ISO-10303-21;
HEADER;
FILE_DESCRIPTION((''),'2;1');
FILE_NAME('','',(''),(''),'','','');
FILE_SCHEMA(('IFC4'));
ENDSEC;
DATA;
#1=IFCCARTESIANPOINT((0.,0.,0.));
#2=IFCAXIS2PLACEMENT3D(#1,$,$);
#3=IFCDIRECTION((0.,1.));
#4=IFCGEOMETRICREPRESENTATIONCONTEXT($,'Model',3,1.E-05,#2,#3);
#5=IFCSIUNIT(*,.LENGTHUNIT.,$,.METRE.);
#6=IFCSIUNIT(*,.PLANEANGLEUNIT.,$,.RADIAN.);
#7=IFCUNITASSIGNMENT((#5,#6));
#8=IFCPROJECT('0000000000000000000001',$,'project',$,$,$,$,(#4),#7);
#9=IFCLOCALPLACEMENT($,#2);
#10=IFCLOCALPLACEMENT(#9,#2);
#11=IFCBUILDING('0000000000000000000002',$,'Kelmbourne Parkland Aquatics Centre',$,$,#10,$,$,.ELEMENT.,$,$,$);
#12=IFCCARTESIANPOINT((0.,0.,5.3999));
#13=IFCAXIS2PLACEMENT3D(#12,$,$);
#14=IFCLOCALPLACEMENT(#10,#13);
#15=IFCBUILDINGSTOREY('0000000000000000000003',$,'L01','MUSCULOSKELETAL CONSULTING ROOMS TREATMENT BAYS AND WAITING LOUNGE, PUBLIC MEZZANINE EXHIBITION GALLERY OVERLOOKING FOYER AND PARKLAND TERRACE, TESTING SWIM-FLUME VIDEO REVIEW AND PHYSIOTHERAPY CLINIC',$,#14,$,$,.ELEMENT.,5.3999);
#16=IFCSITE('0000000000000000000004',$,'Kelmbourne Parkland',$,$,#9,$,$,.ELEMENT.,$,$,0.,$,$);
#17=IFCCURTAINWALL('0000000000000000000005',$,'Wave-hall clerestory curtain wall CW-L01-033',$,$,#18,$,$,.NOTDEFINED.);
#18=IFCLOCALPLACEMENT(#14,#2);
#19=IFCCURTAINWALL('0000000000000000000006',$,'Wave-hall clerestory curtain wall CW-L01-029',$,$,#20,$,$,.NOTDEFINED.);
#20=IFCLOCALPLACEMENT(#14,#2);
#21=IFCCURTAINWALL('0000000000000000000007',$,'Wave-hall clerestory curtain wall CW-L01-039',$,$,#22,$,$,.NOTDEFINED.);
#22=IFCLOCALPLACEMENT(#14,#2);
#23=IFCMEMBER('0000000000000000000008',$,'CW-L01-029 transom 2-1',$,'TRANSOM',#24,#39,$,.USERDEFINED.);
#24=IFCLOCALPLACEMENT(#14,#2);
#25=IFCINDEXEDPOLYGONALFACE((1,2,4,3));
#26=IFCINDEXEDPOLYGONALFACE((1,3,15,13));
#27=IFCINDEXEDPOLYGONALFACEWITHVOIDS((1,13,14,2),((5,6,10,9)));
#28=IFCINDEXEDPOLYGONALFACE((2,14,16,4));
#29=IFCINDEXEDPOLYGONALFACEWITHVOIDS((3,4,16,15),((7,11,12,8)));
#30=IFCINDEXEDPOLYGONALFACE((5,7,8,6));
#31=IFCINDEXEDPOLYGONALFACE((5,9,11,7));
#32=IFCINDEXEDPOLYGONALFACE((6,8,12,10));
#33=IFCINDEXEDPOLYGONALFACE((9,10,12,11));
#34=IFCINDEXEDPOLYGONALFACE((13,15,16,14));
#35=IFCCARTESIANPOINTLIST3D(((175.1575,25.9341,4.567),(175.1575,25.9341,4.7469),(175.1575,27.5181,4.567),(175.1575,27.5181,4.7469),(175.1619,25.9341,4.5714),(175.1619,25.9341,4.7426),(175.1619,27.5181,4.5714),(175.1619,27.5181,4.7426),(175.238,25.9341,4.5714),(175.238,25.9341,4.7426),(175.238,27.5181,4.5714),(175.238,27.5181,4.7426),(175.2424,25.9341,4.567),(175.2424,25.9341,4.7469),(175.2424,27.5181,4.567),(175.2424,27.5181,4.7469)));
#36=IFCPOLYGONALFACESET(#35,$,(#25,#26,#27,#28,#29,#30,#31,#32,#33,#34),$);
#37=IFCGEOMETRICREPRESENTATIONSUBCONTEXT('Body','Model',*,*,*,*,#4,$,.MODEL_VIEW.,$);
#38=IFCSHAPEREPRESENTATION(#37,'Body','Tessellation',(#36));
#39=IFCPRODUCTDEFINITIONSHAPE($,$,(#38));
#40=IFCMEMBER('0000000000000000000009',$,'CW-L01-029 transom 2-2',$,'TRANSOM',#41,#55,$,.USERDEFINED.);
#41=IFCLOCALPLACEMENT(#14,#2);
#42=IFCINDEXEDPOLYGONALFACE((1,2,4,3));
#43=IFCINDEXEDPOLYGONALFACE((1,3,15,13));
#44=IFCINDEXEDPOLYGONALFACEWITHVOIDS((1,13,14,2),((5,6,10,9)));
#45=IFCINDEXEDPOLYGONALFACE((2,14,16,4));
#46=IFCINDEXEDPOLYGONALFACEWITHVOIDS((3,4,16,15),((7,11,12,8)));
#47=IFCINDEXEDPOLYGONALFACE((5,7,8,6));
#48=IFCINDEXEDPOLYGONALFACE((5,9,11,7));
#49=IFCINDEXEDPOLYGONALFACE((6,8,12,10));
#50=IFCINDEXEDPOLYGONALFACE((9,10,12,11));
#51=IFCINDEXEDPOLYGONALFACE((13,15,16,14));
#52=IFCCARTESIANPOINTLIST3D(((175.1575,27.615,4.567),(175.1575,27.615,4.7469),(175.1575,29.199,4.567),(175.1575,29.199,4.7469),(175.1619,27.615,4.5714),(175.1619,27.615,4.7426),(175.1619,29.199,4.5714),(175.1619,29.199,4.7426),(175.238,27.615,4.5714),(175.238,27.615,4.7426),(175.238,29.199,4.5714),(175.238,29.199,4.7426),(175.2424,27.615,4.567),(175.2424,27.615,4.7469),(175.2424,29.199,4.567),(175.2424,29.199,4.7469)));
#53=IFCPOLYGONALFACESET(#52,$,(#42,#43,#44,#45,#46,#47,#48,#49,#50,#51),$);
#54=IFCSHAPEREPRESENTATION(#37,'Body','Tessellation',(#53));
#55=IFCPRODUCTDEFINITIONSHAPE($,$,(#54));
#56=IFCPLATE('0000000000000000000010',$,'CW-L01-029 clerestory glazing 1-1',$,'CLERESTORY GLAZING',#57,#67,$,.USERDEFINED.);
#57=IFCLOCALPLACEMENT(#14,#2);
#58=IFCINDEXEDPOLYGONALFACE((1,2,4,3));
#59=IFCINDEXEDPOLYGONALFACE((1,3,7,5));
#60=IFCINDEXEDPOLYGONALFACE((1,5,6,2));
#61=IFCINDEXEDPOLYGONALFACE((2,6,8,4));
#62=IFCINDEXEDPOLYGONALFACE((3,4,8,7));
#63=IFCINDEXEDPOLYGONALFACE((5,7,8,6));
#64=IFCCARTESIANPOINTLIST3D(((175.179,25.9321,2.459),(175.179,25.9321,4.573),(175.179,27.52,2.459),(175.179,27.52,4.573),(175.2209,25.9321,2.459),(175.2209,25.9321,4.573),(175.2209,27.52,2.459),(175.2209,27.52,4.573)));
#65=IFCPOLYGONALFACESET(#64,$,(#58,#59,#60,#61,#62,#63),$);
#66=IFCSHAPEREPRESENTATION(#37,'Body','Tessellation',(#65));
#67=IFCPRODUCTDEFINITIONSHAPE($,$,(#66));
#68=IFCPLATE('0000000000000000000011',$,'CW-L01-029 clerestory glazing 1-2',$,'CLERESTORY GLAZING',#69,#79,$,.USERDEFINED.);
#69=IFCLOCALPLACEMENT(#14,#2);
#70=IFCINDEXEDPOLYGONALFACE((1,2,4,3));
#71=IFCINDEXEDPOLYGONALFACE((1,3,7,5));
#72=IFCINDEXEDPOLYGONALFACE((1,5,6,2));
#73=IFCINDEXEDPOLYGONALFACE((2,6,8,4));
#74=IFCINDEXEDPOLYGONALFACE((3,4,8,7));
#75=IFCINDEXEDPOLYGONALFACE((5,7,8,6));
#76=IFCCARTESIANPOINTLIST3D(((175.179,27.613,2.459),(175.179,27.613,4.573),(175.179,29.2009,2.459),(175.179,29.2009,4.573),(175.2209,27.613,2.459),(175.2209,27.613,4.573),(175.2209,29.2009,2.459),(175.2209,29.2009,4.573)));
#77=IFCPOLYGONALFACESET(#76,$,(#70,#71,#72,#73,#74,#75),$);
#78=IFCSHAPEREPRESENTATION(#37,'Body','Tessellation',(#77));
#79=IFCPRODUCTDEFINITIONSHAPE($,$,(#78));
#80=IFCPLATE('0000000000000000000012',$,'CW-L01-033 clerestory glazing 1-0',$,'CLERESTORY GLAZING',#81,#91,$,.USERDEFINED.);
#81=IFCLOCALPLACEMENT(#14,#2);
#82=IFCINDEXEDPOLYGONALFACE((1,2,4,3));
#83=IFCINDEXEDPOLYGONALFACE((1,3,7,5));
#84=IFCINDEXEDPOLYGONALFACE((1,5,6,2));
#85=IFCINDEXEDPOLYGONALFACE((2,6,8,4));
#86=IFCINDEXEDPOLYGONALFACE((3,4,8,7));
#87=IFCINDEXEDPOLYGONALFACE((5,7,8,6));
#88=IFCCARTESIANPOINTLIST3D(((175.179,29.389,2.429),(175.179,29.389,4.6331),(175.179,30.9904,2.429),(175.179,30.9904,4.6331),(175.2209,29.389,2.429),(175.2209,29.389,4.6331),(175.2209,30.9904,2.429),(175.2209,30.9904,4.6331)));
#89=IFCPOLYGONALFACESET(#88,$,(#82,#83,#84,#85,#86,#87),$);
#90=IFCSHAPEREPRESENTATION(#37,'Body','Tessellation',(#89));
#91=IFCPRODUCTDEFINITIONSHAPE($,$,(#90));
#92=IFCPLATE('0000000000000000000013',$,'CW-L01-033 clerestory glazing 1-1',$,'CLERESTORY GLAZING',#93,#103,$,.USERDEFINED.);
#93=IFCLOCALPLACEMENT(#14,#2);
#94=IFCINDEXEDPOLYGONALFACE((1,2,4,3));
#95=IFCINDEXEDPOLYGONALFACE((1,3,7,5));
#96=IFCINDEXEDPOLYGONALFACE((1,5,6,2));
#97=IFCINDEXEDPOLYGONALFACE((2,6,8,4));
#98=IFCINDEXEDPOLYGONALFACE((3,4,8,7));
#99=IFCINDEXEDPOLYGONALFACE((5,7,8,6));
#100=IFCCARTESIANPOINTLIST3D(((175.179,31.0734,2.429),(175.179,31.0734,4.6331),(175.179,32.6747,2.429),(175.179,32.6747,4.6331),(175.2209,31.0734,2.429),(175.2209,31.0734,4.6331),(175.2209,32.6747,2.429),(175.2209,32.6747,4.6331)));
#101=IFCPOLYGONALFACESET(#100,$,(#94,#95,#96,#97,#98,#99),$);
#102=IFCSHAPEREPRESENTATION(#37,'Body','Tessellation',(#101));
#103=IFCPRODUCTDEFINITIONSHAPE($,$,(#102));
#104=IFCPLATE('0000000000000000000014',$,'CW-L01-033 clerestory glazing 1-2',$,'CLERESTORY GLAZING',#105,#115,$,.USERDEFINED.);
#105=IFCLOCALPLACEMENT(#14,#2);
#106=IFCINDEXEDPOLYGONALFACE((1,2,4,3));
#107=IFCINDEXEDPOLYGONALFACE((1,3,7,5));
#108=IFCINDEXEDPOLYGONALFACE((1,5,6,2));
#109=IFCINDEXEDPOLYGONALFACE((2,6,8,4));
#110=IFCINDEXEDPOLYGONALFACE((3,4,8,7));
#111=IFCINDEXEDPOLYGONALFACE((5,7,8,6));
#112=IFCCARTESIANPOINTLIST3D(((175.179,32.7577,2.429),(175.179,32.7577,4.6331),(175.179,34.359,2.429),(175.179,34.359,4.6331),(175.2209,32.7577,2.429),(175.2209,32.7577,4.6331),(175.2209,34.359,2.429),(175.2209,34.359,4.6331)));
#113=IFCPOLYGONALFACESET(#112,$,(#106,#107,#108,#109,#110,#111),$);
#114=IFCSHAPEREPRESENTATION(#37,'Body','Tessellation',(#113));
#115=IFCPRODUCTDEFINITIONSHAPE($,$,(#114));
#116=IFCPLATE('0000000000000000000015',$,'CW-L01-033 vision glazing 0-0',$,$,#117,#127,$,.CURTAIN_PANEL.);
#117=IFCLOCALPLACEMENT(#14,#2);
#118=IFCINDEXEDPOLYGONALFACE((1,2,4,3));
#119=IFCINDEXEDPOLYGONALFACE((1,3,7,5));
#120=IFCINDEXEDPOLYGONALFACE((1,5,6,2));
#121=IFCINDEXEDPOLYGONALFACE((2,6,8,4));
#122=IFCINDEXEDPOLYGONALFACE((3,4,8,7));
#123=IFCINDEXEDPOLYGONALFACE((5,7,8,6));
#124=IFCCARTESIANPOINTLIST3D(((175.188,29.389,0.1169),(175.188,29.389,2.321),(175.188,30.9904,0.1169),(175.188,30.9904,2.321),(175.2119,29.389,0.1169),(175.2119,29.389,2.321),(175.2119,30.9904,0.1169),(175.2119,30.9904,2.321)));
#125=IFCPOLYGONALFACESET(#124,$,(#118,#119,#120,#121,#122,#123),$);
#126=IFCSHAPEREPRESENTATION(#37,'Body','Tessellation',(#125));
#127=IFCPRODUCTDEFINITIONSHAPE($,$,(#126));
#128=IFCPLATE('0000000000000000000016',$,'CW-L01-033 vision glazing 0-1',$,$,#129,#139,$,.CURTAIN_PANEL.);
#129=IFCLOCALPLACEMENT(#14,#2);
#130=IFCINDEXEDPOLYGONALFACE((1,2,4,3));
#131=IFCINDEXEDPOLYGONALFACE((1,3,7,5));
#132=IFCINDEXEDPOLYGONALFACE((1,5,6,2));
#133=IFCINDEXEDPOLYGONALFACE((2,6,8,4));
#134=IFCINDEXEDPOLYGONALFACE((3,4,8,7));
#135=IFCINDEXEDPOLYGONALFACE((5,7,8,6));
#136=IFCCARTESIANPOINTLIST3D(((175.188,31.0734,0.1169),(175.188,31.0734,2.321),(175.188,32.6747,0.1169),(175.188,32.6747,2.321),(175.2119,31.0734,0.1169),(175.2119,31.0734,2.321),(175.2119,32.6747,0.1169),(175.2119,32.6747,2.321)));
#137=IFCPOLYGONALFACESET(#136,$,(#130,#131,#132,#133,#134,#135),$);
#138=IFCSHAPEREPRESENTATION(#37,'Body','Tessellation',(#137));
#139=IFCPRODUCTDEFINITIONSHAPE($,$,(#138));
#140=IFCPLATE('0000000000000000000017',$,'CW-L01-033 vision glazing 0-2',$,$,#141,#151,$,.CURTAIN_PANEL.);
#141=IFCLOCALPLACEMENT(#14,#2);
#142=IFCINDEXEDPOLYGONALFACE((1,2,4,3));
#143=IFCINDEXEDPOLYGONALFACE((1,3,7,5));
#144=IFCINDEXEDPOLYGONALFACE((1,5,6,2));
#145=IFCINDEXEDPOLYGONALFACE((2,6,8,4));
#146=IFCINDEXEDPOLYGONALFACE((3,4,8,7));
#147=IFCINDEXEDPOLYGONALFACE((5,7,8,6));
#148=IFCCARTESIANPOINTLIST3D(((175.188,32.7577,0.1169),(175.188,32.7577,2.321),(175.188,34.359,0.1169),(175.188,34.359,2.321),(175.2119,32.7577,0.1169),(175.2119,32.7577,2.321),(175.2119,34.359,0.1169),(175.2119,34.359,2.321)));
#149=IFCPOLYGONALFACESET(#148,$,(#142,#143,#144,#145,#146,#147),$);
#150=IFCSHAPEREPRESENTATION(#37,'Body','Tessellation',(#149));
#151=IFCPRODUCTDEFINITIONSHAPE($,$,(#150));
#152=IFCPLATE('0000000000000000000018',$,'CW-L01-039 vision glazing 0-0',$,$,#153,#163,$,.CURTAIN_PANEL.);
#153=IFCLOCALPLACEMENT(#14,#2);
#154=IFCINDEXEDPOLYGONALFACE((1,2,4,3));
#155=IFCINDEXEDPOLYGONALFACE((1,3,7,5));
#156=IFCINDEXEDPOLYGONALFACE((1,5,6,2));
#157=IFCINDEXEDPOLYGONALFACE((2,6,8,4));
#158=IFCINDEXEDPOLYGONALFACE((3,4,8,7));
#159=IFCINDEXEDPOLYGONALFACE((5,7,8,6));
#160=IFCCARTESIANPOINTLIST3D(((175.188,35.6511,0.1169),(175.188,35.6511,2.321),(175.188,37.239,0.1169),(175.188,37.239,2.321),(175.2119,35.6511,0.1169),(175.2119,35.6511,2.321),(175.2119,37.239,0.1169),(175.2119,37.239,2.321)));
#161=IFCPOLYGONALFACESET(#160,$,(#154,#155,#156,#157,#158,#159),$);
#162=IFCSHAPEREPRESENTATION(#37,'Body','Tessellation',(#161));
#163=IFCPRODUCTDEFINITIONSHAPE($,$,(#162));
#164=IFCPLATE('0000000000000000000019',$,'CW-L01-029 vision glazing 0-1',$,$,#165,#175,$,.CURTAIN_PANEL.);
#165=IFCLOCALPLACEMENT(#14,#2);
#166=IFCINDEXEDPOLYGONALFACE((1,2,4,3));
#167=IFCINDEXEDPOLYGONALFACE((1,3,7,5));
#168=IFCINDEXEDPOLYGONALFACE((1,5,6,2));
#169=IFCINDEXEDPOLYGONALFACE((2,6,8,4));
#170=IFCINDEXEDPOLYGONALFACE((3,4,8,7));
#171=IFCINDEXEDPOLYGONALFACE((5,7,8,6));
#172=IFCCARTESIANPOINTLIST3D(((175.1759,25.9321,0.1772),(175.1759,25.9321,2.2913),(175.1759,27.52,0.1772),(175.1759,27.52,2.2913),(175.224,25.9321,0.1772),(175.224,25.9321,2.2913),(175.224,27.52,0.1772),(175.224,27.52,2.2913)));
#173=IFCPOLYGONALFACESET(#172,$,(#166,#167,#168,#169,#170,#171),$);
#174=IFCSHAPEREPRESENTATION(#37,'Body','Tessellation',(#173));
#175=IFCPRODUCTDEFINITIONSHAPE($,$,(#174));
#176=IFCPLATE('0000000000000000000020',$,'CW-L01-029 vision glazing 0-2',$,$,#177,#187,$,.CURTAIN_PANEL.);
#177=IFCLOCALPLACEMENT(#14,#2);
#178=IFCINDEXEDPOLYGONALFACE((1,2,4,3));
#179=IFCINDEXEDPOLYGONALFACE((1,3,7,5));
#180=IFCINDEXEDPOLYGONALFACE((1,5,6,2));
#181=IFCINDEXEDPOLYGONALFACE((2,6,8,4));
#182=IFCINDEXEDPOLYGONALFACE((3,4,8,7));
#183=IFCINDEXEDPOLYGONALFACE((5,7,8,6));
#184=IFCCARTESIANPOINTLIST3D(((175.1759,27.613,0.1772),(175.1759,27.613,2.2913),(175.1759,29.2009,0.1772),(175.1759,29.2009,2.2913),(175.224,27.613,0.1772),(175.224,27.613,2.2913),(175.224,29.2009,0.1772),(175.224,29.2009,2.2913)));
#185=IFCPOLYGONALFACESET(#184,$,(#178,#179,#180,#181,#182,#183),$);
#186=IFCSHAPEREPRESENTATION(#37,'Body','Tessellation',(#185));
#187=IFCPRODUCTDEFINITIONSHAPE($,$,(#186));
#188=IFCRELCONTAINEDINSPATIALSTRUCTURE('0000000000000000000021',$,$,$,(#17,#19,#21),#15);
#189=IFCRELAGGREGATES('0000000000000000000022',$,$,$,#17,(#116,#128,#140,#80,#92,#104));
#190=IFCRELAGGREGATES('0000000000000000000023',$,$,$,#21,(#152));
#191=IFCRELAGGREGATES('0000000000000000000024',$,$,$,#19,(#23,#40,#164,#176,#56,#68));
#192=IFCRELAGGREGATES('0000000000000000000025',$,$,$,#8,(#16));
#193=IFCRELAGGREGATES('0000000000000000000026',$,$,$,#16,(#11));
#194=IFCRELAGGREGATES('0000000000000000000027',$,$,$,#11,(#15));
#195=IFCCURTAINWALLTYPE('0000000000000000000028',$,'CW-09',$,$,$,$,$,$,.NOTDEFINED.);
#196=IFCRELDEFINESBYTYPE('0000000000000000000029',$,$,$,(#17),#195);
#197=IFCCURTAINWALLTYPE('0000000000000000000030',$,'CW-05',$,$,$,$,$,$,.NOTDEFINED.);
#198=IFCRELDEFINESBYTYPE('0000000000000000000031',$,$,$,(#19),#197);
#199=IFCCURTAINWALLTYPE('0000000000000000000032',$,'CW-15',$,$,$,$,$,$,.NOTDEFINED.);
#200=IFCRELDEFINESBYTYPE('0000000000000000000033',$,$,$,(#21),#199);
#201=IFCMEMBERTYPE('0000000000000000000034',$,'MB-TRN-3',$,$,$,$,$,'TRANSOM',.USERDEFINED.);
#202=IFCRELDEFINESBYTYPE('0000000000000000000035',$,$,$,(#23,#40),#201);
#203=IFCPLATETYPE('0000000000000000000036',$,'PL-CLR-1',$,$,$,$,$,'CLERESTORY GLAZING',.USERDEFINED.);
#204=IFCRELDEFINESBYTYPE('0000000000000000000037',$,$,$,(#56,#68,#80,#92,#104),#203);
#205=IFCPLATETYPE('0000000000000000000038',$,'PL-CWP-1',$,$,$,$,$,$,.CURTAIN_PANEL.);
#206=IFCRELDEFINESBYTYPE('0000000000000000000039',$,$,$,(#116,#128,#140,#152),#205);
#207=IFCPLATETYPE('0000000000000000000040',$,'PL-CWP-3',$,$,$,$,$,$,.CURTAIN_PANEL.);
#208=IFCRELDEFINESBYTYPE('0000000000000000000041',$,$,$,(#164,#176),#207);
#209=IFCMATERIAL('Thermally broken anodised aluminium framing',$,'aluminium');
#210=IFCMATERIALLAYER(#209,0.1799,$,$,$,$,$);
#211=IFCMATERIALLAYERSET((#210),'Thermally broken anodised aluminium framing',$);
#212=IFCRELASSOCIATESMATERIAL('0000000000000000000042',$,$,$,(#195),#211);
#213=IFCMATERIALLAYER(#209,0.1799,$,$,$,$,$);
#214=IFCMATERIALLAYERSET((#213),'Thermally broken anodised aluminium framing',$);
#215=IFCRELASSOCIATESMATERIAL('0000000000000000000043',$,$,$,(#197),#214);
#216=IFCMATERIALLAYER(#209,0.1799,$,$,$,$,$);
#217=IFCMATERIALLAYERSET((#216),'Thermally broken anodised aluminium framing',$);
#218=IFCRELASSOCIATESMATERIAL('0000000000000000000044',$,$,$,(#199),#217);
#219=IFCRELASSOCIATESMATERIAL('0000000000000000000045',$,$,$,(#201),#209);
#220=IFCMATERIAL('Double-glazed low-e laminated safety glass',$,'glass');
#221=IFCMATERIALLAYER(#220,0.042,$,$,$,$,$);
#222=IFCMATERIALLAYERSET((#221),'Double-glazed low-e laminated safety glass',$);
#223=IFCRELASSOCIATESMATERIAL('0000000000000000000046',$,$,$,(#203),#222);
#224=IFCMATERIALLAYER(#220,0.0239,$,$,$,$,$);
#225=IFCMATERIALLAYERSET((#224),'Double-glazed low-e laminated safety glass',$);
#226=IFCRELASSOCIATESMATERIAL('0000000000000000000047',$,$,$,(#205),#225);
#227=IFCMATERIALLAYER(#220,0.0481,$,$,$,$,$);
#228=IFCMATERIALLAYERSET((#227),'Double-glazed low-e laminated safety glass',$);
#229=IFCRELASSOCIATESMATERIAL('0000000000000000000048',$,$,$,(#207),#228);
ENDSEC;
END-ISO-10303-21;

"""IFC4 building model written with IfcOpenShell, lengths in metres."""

from ifc_helpers import new_model, si_unit, direction, frame, origin, origin_2d, place, context, subcontext, project, spatial, rectangle, hollow_rectangle, extrude, material, layer, layer_set, material_profile, profile_set, type_object, element, aggregate, save


model = new_model("IFC4")

# Units and contexts
model_context = context("Model", 3, precision=1e-05, world=origin(), true_north=direction((0.0, 1.0)))
body_context = subcontext(model_context, "Body", "Model", "MODEL_VIEW")
ifc_project = project(units=[si_unit("LENGTHUNIT", "METRE"), si_unit("PLANEANGLEUNIT", "RADIAN")], contexts=[model_context])

# Site, building, storey
site_placement = place(None, origin())
site = spatial("IfcSite", under=ifc_project, at=site_placement, Name="Kelmbourne Parkland", CompositionType="ELEMENT", RefElevation=0.0)
building_placement = place(site_placement, origin())
building = spatial("IfcBuilding", under=site, at=building_placement, Name="Kelmbourne Parkland Aquatics Centre", CompositionType="ELEMENT")
storey_placement = place(building_placement, frame((0.0, 0.0, 5.3999)))
storey = spatial("IfcBuildingStorey", under=building, at=storey_placement, Name="L01", Description="MUSCULOSKELETAL CONSULTING ROOMS TREATMENT BAYS AND WAITING LOUNGE, PUBLIC MEZZANINE EXHIBITION GALLERY OVERLOOKING FOYER AND PARKLAND TERRACE, TESTING SWIM-FLUME VIDEO REVIEW AND PHYSIOTHERAPY CLINIC", CompositionType="ELEMENT", Elevation=5.3999)

# Curtain walls
ifc_material_1 = material(Name="Thermally broken anodised aluminium framing", Category="aluminium")
ifc_layer_1 = layer(ifc_material_1, 0.1799)
ifc_layer_set_1 = layer_set([ifc_layer_1], Name="Thermally broken anodised aluminium framing")
curtain_wall_type_1 = type_object("IfcCurtainWallType", Name="CW-09", PredefinedType="NOTDEFINED", material=ifc_layer_set_1)
curtain_wall_1_placement = place(storey_placement, origin())
curtain_wall_1 = element("IfcCurtainWall", 1, at=curtain_wall_1_placement, inside=storey, type_object=curtain_wall_type_1, Name="Wave-hall clerestory curtain wall CW-L01-033", PredefinedType="NOTDEFINED")
ifc_layer_2 = layer(ifc_material_1, 0.1799)
ifc_layer_set_2 = layer_set([ifc_layer_2], Name="Thermally broken anodised aluminium framing")
curtain_wall_type_2 = type_object("IfcCurtainWallType", Name="CW-05", PredefinedType="NOTDEFINED", material=ifc_layer_set_2)
curtain_wall_2_placement = place(storey_placement, origin())
curtain_wall_2 = element("IfcCurtainWall", 2, at=curtain_wall_2_placement, inside=storey, type_object=curtain_wall_type_2, Name="Wave-hall clerestory curtain wall CW-L01-029", PredefinedType="NOTDEFINED")

# Curtain wall
ifc_layer_3 = layer(ifc_material_1, 0.1799)
ifc_layer_set_3 = layer_set([ifc_layer_3], Name="Thermally broken anodised aluminium framing")
curtain_wall_type_3 = type_object("IfcCurtainWallType", Name="CW-15", PredefinedType="NOTDEFINED", material=ifc_layer_set_3)
curtain_wall_3_placement = place(storey_placement, origin())
curtain_wall_3 = element("IfcCurtainWall", 3, at=curtain_wall_3_placement, inside=storey, type_object=curtain_wall_type_3, Name="Wave-hall clerestory curtain wall CW-L01-039", PredefinedType="NOTDEFINED")

# Members
ifc_material_profile_1 = material_profile(ifc_material_1, hollow_rectangle(XDim=0.085, YDim=0.1799, WallThickness=0.0044, at=origin_2d()), Name="CW-T 85x180")
ifc_profile_set_1 = profile_set([ifc_material_profile_1], Name="Thermally broken anodised aluminium framing")
member_type_1 = type_object("IfcMemberType", Name="MB-TRN-3", ElementType="TRANSOM", PredefinedType="USERDEFINED", material=ifc_profile_set_1)
member_1_placement = place(storey_placement, frame((175.2, 25.9341, 4.657), z_axis=(0.0, 1.0, 0.0), x_axis=(-1.0, 0.0, 0.0)))
member_1 = element("IfcMember", 4, at=member_1_placement, type_object=member_type_1, Name="CW-L01-029 transom 2-1", ObjectType="TRANSOM", PredefinedType="USERDEFINED", context=body_context, shape_type="SweptSolid", body=[
    extrude(hollow_rectangle(XDim=0.085, YDim=0.1799, WallThickness=0.0044, at=origin_2d()), origin(), (0.0, 0.0, 1.0), 1.584),
])
member_2_placement = place(storey_placement, frame((175.2, 27.615, 4.657), z_axis=(0.0, 1.0, 0.0), x_axis=(-1.0, 0.0, 0.0)))
member_2 = element("IfcMember", 5, at=member_2_placement, type_object=member_type_1, Name="CW-L01-029 transom 2-2", ObjectType="TRANSOM", PredefinedType="USERDEFINED", context=body_context, shape_type="SweptSolid", body=[
    extrude(hollow_rectangle(XDim=0.085, YDim=0.1799, WallThickness=0.0044, at=origin_2d()), origin(), (0.0, 0.0, 1.0), 1.584),
])

# Plates
ifc_material_2 = material(Name="Double-glazed low-e laminated safety glass", Category="glass")
ifc_layer_4 = layer(ifc_material_2, 0.042)
ifc_layer_set_4 = layer_set([ifc_layer_4], Name="Double-glazed low-e laminated safety glass")
plate_type_1 = type_object("IfcPlateType", Name="PL-CLR-1", ElementType="CLERESTORY GLAZING", PredefinedType="USERDEFINED", material=ifc_layer_set_4)
plate_1_placement = place(storey_placement, frame((175.2, 26.7261, 2.459), z_axis=(0.0, 0.0, 1.0), x_axis=(0.0, 1.0, 0.0)))
plate_1 = element("IfcPlate", 6, at=plate_1_placement, type_object=plate_type_1, Name="CW-L01-029 clerestory glazing 1-1", ObjectType="CLERESTORY GLAZING", PredefinedType="USERDEFINED", context=body_context, shape_type="SweptSolid", body=[
    extrude(rectangle(XDim=1.5879, YDim=0.042, at=origin_2d()), origin(), (0.0, 0.0, 1.0), 2.114),
])
plate_2_placement = place(storey_placement, frame((175.2, 28.407, 2.459), z_axis=(0.0, 0.0, 1.0), x_axis=(0.0, 1.0, 0.0)))
plate_2 = element("IfcPlate", 7, at=plate_2_placement, type_object=plate_type_1, Name="CW-L01-029 clerestory glazing 1-2", ObjectType="CLERESTORY GLAZING", PredefinedType="USERDEFINED", context=body_context, shape_type="SweptSolid", body=[
    extrude(rectangle(XDim=1.5879, YDim=0.042, at=origin_2d()), origin(), (0.0, 0.0, 1.0), 2.114),
])
plate_3_placement = place(storey_placement, frame((175.2, 30.1897, 2.429), z_axis=(0.0, 0.0, 1.0), x_axis=(0.0, 1.0, 0.0)))
plate_3 = element("IfcPlate", 8, at=plate_3_placement, type_object=plate_type_1, Name="CW-L01-033 clerestory glazing 1-0", ObjectType="CLERESTORY GLAZING", PredefinedType="USERDEFINED", context=body_context, shape_type="SweptSolid", body=[
    extrude(rectangle(XDim=1.6013, YDim=0.042, at=origin_2d()), origin(), (0.0, 0.0, 1.0), 2.2041),
])
plate_4_placement = place(storey_placement, frame((175.2, 31.874, 2.429), z_axis=(0.0, 0.0, 1.0), x_axis=(0.0, 1.0, 0.0)))
plate_4 = element("IfcPlate", 9, at=plate_4_placement, type_object=plate_type_1, Name="CW-L01-033 clerestory glazing 1-1", ObjectType="CLERESTORY GLAZING", PredefinedType="USERDEFINED", context=body_context, shape_type="SweptSolid", body=[
    extrude(rectangle(XDim=1.6013, YDim=0.042, at=origin_2d()), origin(), (0.0, 0.0, 1.0), 2.2041),
])
plate_5_placement = place(storey_placement, frame((175.2, 33.5583, 2.429), z_axis=(0.0, 0.0, 1.0), x_axis=(0.0, 1.0, 0.0)))
plate_5 = element("IfcPlate", 10, at=plate_5_placement, type_object=plate_type_1, Name="CW-L01-033 clerestory glazing 1-2", ObjectType="CLERESTORY GLAZING", PredefinedType="USERDEFINED", context=body_context, shape_type="SweptSolid", body=[
    extrude(rectangle(XDim=1.6013, YDim=0.042, at=origin_2d()), origin(), (0.0, 0.0, 1.0), 2.2041),
])
ifc_layer_5 = layer(ifc_material_2, 0.0239)
ifc_layer_set_5 = layer_set([ifc_layer_5], Name="Double-glazed low-e laminated safety glass")
plate_type_2 = type_object("IfcPlateType", Name="PL-CWP-1", PredefinedType="CURTAIN_PANEL", material=ifc_layer_set_5)
plate_6_placement = place(storey_placement, frame((175.2, 30.1897, 0.1169), z_axis=(0.0, 0.0, 1.0), x_axis=(0.0, 1.0, 0.0)))
plate_6 = element("IfcPlate", 11, at=plate_6_placement, type_object=plate_type_2, Name="CW-L01-033 vision glazing 0-0", PredefinedType="CURTAIN_PANEL", context=body_context, shape_type="SweptSolid", body=[
    extrude(rectangle(XDim=1.6013, YDim=0.0239, at=origin_2d()), origin(), (0.0, 0.0, 1.0), 2.2041),
])
plate_7_placement = place(storey_placement, frame((175.2, 31.874, 0.1169), z_axis=(0.0, 0.0, 1.0), x_axis=(0.0, 1.0, 0.0)))
plate_7 = element("IfcPlate", 12, at=plate_7_placement, type_object=plate_type_2, Name="CW-L01-033 vision glazing 0-1", PredefinedType="CURTAIN_PANEL", context=body_context, shape_type="SweptSolid", body=[
    extrude(rectangle(XDim=1.6013, YDim=0.0239, at=origin_2d()), origin(), (0.0, 0.0, 1.0), 2.2041),
])
plate_8_placement = place(storey_placement, frame((175.2, 33.5583, 0.1169), z_axis=(0.0, 0.0, 1.0), x_axis=(0.0, 1.0, 0.0)))
plate_8 = element("IfcPlate", 13, at=plate_8_placement, type_object=plate_type_2, Name="CW-L01-033 vision glazing 0-2", PredefinedType="CURTAIN_PANEL", context=body_context, shape_type="SweptSolid", body=[
    extrude(rectangle(XDim=1.6013, YDim=0.0239, at=origin_2d()), origin(), (0.0, 0.0, 1.0), 2.2041),
])
aggregate(curtain_wall_1, [plate_6, plate_7, plate_8, plate_3, plate_4, plate_5])
plate_9_placement = place(storey_placement, frame((175.2, 36.4451, 0.1169), z_axis=(0.0, 0.0, 1.0), x_axis=(0.0, 1.0, 0.0)))
plate_9 = element("IfcPlate", 14, at=plate_9_placement, type_object=plate_type_2, Name="CW-L01-039 vision glazing 0-0", PredefinedType="CURTAIN_PANEL", context=body_context, shape_type="SweptSolid", body=[
    extrude(rectangle(XDim=1.5879, YDim=0.0239, at=origin_2d()), origin(), (0.0, 0.0, 1.0), 2.2041),
])
aggregate(curtain_wall_3, [plate_9])
ifc_layer_6 = layer(ifc_material_2, 0.0481)
ifc_layer_set_6 = layer_set([ifc_layer_6], Name="Double-glazed low-e laminated safety glass")
plate_type_3 = type_object("IfcPlateType", Name="PL-CWP-3", PredefinedType="CURTAIN_PANEL", material=ifc_layer_set_6)
plate_10_placement = place(storey_placement, frame((175.2, 26.7261, 0.1772), z_axis=(0.0, 0.0, 1.0), x_axis=(0.0, 1.0, 0.0)))
plate_10 = element("IfcPlate", 15, at=plate_10_placement, type_object=plate_type_3, Name="CW-L01-029 vision glazing 0-1", PredefinedType="CURTAIN_PANEL", context=body_context, shape_type="SweptSolid", body=[
    extrude(rectangle(XDim=1.5879, YDim=0.0481, at=origin_2d()), origin(), (0.0, 0.0, 1.0), 2.114),
])
plate_11_placement = place(storey_placement, frame((175.2, 28.407, 0.1772), z_axis=(0.0, 0.0, 1.0), x_axis=(0.0, 1.0, 0.0)))
plate_11 = element("IfcPlate", 16, at=plate_11_placement, type_object=plate_type_3, Name="CW-L01-029 vision glazing 0-2", PredefinedType="CURTAIN_PANEL", context=body_context, shape_type="SweptSolid", body=[
    extrude(rectangle(XDim=1.5879, YDim=0.0481, at=origin_2d()), origin(), (0.0, 0.0, 1.0), 2.114),
])
aggregate(curtain_wall_2, [member_1, member_2, plate_10, plate_11, plate_1, plate_2])

save(model, "model.ifc")
